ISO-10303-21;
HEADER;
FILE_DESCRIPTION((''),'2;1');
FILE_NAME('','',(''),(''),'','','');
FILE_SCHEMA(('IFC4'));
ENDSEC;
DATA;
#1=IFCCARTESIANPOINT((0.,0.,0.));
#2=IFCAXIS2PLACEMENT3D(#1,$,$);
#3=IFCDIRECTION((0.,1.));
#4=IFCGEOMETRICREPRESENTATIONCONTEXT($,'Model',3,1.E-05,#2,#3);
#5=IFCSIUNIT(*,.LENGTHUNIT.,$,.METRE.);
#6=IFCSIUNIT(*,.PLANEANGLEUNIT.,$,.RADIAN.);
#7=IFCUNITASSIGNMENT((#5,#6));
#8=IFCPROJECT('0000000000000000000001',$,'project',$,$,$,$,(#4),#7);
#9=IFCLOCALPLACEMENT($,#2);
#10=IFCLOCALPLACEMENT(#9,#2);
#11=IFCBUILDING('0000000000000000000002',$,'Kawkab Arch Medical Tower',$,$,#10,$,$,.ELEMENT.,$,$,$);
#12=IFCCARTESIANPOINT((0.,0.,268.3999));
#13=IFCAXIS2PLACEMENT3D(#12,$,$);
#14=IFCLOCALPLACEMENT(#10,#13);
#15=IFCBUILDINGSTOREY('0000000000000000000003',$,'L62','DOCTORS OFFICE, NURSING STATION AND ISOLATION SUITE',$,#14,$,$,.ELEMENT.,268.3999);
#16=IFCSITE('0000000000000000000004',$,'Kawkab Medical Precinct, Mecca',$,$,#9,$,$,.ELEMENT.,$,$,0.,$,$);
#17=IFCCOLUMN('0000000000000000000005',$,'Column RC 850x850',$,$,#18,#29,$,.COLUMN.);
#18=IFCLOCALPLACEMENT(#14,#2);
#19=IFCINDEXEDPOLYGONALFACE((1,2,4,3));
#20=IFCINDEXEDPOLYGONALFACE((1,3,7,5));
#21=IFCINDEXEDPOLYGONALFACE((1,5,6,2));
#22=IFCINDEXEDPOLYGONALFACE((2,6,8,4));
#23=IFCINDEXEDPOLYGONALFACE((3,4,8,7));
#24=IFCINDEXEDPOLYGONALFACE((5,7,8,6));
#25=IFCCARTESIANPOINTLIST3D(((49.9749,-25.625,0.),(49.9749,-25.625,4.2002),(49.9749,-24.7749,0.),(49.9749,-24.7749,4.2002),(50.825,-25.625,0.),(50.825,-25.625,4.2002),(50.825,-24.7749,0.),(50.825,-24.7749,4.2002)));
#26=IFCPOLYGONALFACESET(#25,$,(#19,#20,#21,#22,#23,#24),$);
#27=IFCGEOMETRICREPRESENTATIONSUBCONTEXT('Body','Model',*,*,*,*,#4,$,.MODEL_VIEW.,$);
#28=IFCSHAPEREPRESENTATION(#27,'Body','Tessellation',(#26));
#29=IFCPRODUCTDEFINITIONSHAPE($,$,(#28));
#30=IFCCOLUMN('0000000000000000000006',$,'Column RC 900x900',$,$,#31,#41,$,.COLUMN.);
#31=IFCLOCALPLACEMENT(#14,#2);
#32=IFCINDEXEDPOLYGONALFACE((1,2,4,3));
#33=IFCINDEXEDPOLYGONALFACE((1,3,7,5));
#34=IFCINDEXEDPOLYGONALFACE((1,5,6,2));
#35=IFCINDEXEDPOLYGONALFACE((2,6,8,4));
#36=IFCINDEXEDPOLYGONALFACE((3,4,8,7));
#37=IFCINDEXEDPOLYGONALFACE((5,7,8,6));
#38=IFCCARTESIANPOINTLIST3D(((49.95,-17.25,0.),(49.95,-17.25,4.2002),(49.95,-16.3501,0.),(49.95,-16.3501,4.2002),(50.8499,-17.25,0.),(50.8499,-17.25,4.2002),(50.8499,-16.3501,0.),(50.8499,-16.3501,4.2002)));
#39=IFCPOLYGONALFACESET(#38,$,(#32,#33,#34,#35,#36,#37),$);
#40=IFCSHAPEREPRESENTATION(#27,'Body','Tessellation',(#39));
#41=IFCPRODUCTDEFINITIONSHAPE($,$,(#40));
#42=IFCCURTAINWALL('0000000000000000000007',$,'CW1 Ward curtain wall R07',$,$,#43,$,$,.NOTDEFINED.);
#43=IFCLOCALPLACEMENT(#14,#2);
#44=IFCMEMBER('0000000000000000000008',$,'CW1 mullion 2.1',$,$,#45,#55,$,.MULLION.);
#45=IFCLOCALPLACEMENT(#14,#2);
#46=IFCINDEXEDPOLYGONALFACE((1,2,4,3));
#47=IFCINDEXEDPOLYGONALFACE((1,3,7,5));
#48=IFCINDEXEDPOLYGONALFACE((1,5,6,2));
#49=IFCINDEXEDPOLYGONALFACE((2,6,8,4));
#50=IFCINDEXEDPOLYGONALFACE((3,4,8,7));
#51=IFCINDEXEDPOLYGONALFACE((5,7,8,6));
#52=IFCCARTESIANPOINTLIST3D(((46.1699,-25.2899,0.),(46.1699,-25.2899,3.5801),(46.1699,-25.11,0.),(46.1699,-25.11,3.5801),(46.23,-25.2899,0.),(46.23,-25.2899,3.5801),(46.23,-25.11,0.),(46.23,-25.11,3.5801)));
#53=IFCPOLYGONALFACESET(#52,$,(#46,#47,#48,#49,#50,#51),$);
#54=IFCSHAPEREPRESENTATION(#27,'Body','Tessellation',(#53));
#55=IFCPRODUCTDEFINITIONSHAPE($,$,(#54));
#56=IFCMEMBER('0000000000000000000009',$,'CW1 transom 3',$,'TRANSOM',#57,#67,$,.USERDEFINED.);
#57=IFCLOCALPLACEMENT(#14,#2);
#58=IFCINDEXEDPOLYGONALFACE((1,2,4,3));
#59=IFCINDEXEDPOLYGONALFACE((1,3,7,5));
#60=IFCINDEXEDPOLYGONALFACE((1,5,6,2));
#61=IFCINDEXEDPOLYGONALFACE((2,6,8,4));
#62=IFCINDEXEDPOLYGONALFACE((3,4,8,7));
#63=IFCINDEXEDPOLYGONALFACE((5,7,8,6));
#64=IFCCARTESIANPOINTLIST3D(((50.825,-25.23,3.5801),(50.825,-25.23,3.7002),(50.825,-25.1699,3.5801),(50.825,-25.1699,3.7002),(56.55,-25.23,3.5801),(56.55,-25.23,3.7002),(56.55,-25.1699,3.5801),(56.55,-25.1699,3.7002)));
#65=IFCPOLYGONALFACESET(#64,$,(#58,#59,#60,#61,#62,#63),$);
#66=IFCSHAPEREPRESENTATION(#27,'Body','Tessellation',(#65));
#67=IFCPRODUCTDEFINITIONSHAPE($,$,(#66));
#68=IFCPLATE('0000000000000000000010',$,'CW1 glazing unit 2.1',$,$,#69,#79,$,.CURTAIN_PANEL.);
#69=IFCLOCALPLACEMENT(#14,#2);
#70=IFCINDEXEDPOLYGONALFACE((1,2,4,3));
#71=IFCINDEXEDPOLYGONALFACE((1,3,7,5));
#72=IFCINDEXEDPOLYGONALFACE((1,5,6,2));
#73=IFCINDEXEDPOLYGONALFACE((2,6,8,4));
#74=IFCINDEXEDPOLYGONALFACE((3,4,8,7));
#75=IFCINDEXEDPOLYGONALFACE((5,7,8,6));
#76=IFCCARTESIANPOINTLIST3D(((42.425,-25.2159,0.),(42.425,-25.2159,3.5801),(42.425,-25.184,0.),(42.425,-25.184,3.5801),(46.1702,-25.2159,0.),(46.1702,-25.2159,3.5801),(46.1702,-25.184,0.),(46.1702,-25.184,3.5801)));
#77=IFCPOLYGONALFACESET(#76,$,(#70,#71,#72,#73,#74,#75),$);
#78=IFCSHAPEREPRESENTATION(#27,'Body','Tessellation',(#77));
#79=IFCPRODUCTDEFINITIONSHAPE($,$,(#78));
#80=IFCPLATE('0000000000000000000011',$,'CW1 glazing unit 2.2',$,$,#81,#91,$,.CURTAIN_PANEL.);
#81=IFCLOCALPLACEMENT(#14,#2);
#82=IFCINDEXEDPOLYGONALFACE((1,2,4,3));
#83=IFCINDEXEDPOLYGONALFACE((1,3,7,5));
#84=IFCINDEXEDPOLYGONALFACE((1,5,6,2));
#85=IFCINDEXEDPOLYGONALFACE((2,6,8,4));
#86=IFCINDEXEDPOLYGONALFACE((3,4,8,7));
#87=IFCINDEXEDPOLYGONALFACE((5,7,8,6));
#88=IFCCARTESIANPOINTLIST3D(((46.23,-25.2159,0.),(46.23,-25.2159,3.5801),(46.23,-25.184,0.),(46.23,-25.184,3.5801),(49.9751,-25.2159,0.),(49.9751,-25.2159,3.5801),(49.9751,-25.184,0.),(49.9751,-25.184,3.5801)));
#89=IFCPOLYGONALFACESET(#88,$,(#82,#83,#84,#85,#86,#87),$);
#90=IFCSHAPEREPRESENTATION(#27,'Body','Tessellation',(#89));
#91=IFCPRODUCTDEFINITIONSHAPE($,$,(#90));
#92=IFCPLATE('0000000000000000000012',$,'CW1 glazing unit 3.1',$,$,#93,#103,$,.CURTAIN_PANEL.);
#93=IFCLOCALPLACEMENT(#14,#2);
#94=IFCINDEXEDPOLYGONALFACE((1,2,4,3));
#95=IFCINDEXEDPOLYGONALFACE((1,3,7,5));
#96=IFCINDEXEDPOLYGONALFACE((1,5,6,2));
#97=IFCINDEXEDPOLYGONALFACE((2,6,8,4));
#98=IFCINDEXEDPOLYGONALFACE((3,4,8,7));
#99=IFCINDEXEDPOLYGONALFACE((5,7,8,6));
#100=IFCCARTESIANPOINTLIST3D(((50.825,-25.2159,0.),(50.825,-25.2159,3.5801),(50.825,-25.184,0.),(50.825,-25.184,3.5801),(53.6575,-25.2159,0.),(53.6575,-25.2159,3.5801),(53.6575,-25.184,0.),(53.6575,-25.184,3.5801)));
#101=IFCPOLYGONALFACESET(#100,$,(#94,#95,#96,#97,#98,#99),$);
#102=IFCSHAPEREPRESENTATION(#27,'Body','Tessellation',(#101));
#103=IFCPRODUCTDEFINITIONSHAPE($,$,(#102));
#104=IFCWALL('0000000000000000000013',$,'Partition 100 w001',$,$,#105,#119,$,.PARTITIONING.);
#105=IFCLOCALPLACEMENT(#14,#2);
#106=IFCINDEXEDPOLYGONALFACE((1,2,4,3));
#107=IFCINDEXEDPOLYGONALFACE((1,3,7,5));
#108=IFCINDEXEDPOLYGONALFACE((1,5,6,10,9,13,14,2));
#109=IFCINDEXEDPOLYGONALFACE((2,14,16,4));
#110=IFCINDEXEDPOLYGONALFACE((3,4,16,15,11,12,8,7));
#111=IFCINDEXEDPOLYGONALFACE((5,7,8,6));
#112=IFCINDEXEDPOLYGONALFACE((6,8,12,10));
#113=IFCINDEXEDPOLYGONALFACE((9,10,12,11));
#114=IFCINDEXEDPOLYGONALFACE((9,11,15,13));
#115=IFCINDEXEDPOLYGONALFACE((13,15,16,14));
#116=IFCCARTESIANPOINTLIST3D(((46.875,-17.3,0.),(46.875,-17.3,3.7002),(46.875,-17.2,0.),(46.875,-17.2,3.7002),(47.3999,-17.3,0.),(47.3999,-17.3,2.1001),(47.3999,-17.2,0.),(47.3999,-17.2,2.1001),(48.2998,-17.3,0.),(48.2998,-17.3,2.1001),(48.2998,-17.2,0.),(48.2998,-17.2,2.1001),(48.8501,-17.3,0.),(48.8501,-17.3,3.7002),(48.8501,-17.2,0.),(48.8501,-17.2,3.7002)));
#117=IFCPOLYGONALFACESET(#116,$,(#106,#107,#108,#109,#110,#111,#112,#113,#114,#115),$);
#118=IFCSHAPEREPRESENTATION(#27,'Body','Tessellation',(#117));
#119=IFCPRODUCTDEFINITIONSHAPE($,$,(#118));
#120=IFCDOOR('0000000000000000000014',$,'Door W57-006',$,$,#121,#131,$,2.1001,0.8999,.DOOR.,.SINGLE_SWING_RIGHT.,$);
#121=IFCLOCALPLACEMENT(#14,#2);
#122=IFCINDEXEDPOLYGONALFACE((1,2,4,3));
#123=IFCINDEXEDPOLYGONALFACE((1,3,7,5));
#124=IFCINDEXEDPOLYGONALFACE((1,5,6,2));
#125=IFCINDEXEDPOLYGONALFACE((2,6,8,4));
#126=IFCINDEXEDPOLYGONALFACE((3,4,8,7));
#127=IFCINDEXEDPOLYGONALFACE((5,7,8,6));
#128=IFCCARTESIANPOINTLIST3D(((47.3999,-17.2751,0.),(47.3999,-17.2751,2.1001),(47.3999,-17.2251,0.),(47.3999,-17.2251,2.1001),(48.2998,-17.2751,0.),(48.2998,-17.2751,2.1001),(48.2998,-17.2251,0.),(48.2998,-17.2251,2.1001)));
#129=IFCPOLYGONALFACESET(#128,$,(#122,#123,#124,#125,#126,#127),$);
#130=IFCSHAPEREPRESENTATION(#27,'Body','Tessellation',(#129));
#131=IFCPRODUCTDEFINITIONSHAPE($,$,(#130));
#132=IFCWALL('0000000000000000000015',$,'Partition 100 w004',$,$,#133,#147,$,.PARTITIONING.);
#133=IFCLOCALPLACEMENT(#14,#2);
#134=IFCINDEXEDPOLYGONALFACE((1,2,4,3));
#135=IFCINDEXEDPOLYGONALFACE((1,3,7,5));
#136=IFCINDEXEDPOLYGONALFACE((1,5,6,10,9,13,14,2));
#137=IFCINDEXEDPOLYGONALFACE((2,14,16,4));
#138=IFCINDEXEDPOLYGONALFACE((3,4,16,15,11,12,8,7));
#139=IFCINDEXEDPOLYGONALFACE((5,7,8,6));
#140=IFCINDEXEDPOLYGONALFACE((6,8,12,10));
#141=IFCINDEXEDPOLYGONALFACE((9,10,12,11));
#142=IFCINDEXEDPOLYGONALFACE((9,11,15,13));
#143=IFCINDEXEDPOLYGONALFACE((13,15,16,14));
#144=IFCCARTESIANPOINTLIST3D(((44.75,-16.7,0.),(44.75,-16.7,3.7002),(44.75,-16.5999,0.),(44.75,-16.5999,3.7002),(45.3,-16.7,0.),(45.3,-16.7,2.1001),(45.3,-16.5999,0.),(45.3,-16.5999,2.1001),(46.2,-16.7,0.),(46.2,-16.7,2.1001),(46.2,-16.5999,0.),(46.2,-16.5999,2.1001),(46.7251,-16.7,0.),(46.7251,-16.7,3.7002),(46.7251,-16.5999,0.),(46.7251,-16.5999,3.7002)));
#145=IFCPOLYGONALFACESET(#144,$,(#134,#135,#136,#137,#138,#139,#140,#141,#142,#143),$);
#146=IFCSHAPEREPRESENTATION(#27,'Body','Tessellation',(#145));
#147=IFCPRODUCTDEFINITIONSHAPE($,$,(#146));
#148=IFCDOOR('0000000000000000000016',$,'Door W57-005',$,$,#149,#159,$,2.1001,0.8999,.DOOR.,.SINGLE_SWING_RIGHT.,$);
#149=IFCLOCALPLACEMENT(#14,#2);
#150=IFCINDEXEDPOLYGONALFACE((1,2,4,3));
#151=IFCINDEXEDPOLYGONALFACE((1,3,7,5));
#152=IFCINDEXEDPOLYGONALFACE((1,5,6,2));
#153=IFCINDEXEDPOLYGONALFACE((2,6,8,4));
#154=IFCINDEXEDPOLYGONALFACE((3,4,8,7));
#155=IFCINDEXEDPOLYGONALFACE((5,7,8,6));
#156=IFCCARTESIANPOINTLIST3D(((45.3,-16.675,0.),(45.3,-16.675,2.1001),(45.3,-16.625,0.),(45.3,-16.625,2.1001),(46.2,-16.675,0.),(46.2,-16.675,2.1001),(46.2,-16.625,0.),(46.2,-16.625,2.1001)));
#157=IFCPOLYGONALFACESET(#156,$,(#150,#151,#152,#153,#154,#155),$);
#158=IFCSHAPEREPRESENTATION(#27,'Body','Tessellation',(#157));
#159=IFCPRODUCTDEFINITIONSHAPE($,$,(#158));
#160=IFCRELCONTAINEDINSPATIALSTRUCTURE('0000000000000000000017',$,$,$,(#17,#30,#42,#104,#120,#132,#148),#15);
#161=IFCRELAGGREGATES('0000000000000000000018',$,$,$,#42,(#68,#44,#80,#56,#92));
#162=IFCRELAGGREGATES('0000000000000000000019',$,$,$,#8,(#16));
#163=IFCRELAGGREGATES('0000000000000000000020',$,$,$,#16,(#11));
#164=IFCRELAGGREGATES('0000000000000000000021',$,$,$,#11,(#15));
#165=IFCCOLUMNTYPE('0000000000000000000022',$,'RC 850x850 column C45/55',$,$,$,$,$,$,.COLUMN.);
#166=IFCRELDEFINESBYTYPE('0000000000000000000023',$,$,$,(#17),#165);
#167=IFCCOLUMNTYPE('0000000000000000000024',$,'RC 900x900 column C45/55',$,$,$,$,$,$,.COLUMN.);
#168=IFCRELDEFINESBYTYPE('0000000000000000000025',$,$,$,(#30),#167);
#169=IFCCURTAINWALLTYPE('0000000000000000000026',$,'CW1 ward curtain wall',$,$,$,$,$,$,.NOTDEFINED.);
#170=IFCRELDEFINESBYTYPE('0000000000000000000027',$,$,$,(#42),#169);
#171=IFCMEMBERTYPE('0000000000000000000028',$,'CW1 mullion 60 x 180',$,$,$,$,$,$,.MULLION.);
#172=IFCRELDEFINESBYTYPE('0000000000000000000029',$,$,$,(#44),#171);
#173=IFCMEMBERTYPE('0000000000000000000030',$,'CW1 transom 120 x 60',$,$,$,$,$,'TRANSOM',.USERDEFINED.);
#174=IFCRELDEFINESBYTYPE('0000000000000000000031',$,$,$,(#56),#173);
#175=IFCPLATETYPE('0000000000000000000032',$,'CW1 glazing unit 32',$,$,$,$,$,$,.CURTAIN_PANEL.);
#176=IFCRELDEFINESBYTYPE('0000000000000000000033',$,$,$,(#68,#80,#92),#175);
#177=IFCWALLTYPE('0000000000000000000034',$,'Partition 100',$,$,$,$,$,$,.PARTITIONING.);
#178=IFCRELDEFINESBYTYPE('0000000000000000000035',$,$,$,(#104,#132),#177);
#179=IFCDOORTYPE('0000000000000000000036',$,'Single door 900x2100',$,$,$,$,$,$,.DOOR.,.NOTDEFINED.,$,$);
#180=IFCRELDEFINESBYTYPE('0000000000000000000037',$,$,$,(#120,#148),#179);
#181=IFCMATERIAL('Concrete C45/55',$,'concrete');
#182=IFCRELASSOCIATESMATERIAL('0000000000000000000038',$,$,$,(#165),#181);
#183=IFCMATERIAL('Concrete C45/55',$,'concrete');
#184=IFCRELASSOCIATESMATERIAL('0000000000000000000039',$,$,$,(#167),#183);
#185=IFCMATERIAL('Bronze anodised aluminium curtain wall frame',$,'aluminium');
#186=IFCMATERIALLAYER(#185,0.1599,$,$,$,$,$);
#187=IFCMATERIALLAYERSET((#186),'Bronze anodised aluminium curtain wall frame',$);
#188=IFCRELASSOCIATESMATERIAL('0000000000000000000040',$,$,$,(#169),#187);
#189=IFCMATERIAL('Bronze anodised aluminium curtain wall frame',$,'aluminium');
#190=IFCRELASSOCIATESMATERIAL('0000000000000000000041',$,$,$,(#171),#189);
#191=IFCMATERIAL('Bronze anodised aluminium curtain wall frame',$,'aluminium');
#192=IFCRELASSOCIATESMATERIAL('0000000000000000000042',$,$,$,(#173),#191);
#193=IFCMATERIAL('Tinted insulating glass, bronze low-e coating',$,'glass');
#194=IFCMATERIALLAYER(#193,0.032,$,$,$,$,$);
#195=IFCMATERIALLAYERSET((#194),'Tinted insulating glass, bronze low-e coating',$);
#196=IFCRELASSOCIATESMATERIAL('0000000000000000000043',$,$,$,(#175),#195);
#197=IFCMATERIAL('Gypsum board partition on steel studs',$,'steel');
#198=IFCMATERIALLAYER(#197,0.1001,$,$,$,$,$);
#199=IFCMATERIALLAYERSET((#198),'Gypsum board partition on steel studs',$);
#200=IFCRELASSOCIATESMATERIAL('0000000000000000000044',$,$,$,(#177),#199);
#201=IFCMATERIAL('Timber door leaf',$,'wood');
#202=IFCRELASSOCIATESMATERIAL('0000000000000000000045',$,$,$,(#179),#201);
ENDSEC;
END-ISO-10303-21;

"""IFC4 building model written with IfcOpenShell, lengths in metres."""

from ifc_helpers import new_model, si_unit, direction, frame, frame_2d, origin, origin_2d, place, context, subcontext, project, spatial, rectangle, extrude, material, layer, layer_set, material_profile, profile_set, type_object, element, fill, aggregate, save


model = new_model("IFC4")

# Units and contexts
model_context = context("Model", 3, precision=1e-05, world=origin(), true_north=direction((0.0, 1.0)))
body_context = subcontext(model_context, "Body", "Model", "MODEL_VIEW")
ifc_project = project(units=[si_unit("LENGTHUNIT", "METRE"), si_unit("PLANEANGLEUNIT", "RADIAN")], contexts=[model_context])

# Site, building, storey
site_placement = place(None, origin())
site = spatial("IfcSite", under=ifc_project, at=site_placement, Name="Kawkab Medical Precinct, Mecca", CompositionType="ELEMENT", RefElevation=0.0)
building_placement = place(site_placement, origin())
building = spatial("IfcBuilding", under=site, at=building_placement, Name="Kawkab Arch Medical Tower", CompositionType="ELEMENT")
storey_placement = place(building_placement, frame((0.0, 0.0, 268.3999)))
storey = spatial("IfcBuildingStorey", under=building, at=storey_placement, Name="L62", Description="DOCTORS OFFICE, NURSING STATION AND ISOLATION SUITE", CompositionType="ELEMENT", Elevation=268.3999)

# Columns
ifc_material_1 = material(Name="Concrete C45/55", Category="concrete")
ifc_material_profile_1 = material_profile(ifc_material_1, rectangle(XDim=0.8501, YDim=0.8501, at=origin_2d()), Name="RC 850x850")
ifc_profile_set_1 = profile_set([ifc_material_profile_1], Name="Concrete C45/55")
column_type_1 = type_object("IfcColumnType", Name="RC 850x850 column C45/55", PredefinedType="COLUMN", material=ifc_profile_set_1)
column_1_placement = place(storey_placement, frame((50.3999, -25.2, 0.0), z_axis=(0.0, 0.0, 1.0), x_axis=(1.0, 0.0, 0.0)))
element("IfcColumn", 1, at=column_1_placement, inside=storey, type_object=column_type_1, Name="Column RC 850x850", PredefinedType="COLUMN", context=body_context, shape_type="SweptSolid", body=[
    extrude(rectangle(XDim=0.8501, YDim=0.8501, at=origin_2d()), origin(), (0.0, 0.0, 1.0), 4.2002),
])
ifc_material_2 = material(Name="Concrete C45/55", Category="concrete")
ifc_material_profile_2 = material_profile(ifc_material_2, rectangle(XDim=0.8999, YDim=0.8999, at=origin_2d()), Name="RC 900x900")
ifc_profile_set_2 = profile_set([ifc_material_profile_2], Name="Concrete C45/55")
column_type_2 = type_object("IfcColumnType", Name="RC 900x900 column C45/55", PredefinedType="COLUMN", material=ifc_profile_set_2)
column_2_placement = place(storey_placement, frame((50.3999, -16.8, 0.0), z_axis=(0.0, 0.0, 1.0), x_axis=(1.0, 0.0, 0.0)))
element("IfcColumn", 2, at=column_2_placement, inside=storey, type_object=column_type_2, Name="Column RC 900x900", PredefinedType="COLUMN", context=body_context, shape_type="SweptSolid", body=[
    extrude(rectangle(XDim=0.8999, YDim=0.8999, at=origin_2d()), origin(), (0.0, 0.0, 1.0), 4.2002),
])

# Curtain wall, members, plates
ifc_material_3 = material(Name="Bronze anodised aluminium curtain wall frame", Category="aluminium")
ifc_layer_1 = layer(ifc_material_3, 0.1599)
ifc_layer_set_1 = layer_set([ifc_layer_1], Name="Bronze anodised aluminium curtain wall frame")
curtain_wall_type = type_object("IfcCurtainWallType", Name="CW1 ward curtain wall", PredefinedType="NOTDEFINED", material=ifc_layer_set_1)
curtain_wall_placement = place(storey_placement, origin())
curtain_wall = element("IfcCurtainWall", 3, at=curtain_wall_placement, inside=storey, type_object=curtain_wall_type, Name="CW1 Ward curtain wall R07", PredefinedType="NOTDEFINED")
ifc_material_4 = material(Name="Bronze anodised aluminium curtain wall frame", Category="aluminium")
ifc_material_profile_3 = material_profile(ifc_material_4, rectangle(XDim=0.1799, YDim=0.0601, at=origin_2d()), Name="AL 60x180")
ifc_profile_set_3 = profile_set([ifc_material_profile_3], Name="Bronze anodised aluminium curtain wall frame")
member_type_1 = type_object("IfcMemberType", Name="CW1 mullion 60 x 180", PredefinedType="MULLION", material=ifc_profile_set_3)
member_1_placement = place(storey_placement, frame((46.2, -25.2, 0.0), z_axis=(0.0, 0.0, 1.0), x_axis=(0.0, 1.0, 0.0)))
member_1 = element("IfcMember", 4, at=member_1_placement, type_object=member_type_1, Name="CW1 mullion 2.1", PredefinedType="MULLION", context=body_context, shape_type="SweptSolid", body=[
    extrude(rectangle(XDim=0.1799, YDim=0.0601, at=origin_2d()), origin(), (0.0, 0.0, 1.0), 3.5801),
])
ifc_material_5 = material(Name="Bronze anodised aluminium curtain wall frame", Category="aluminium")
ifc_material_profile_4 = material_profile(ifc_material_5, rectangle(XDim=0.0601, YDim=0.1201, at=origin_2d()), Name="AL 60x120")
ifc_profile_set_4 = profile_set([ifc_material_profile_4], Name="Bronze anodised aluminium curtain wall frame")
member_type_2 = type_object("IfcMemberType", Name="CW1 transom 120 x 60", ElementType="TRANSOM", PredefinedType="USERDEFINED", material=ifc_profile_set_4)
member_2_placement = place(storey_placement, frame((50.825, -25.2, 3.6401), z_axis=(1.0, 0.0, 0.0), x_axis=(0.0, 1.0, 0.0)))
member_2 = element("IfcMember", 5, at=member_2_placement, type_object=member_type_2, Name="CW1 transom 3", ObjectType="TRANSOM", PredefinedType="USERDEFINED", context=body_context, shape_type="SweptSolid", body=[
    extrude(rectangle(XDim=0.0601, YDim=0.1201, at=origin_2d()), origin(), (0.0, 0.0, 1.0), 5.7251),
])
ifc_material_6 = material(Name="Tinted insulating glass, bronze low-e coating", Category="glass")
ifc_layer_2 = layer(ifc_material_6, 0.032)
ifc_layer_set_2 = layer_set([ifc_layer_2], Name="Tinted insulating glass, bronze low-e coating")
plate_type = type_object("IfcPlateType", Name="CW1 glazing unit 32", PredefinedType="CURTAIN_PANEL", material=ifc_layer_set_2)
plate_1_placement = place(storey_placement, frame((44.2976, -25.2, 0.0), z_axis=(0.0, 0.0, 1.0), x_axis=(1.0, 0.0, 0.0)))
plate_1 = element("IfcPlate", 6, at=plate_1_placement, type_object=plate_type, Name="CW1 glazing unit 2.1", PredefinedType="CURTAIN_PANEL", context=body_context, shape_type="SweptSolid", body=[
    extrude(rectangle(XDim=3.7451, YDim=0.032, at=origin_2d()), origin(), (0.0, 0.0, 1.0), 3.5801),
])
plate_2_placement = place(storey_placement, frame((48.1025, -25.2, 0.0), z_axis=(0.0, 0.0, 1.0), x_axis=(1.0, 0.0, 0.0)))
plate_2 = element("IfcPlate", 7, at=plate_2_placement, type_object=plate_type, Name="CW1 glazing unit 2.2", PredefinedType="CURTAIN_PANEL", context=body_context, shape_type="SweptSolid", body=[
    extrude(rectangle(XDim=3.7451, YDim=0.032, at=origin_2d()), origin(), (0.0, 0.0, 1.0), 3.5801),
])
plate_3_placement = place(storey_placement, frame((52.2412, -25.2, 0.0), z_axis=(0.0, 0.0, 1.0), x_axis=(1.0, 0.0, 0.0)))
plate_3 = element("IfcPlate", 8, at=plate_3_placement, type_object=plate_type, Name="CW1 glazing unit 3.1", PredefinedType="CURTAIN_PANEL", context=body_context, shape_type="SweptSolid", body=[
    extrude(rectangle(XDim=2.8325, YDim=0.032, at=origin_2d()), origin(), (0.0, 0.0, 1.0), 3.5801),
])
aggregate(curtain_wall, [plate_1, member_1, plate_2, member_2, plate_3])

# Walls, openings, doors
ifc_material_7 = material(Name="Gypsum board partition on steel studs", Category="steel")
ifc_layer_3 = layer(ifc_material_7, 0.1001)
ifc_layer_set_3 = layer_set([ifc_layer_3], Name="Gypsum board partition on steel studs")
wall_type_1 = type_object("IfcWallType", Name="Partition 100", PredefinedType="PARTITIONING", material=ifc_layer_set_3)
wall_1_placement = place(storey_placement, frame((46.875, -17.25, 0.0), z_axis=(0.0, 0.0, 1.0), x_axis=(1.0, 0.0, 0.0)))
wall_1 = element("IfcWall", 9, at=wall_1_placement, inside=storey, type_object=wall_type_1, Name="Partition 100 w001", PredefinedType="PARTITIONING", context=body_context, shape_type="SweptSolid", body=[
    extrude(rectangle(XDim=1.9751, YDim=0.1001, at=frame_2d((0.9875, 0.0))), origin(), (0.0, 0.0, 1.0), 3.7002),
])
opening_1_placement = place(wall_1_placement, frame((0.5249, 0.0, 0.0)))
opening_1 = element("IfcOpeningElement", 10, at=opening_1_placement, cuts=wall_1, PredefinedType="OPENING", context=body_context, shape_type="SweptSolid", body=[
    extrude(rectangle(XDim=0.8999, YDim=2.1001, at=frame_2d((0.45, 1.05))), frame((0.0, 0.0601, 0.0), z_axis=(0.0, -1.0, 0.0), x_axis=(1.0, 0.0, 0.0)), (0.0, 0.0, 1.0), 0.1201),
])
ifc_material_8 = material(Name="Timber door leaf", Category="wood")
door_type_1 = type_object("IfcDoorType", Name="Single door 900x2100", OperationType="NOTDEFINED", PredefinedType="DOOR", material=ifc_material_8)
door_1_placement = place(opening_1_placement, origin())
door_1 = element("IfcDoor", 11, at=door_1_placement, inside=storey, type_object=door_type_1, Name="Door W57-006", OperationType="SINGLE_SWING_RIGHT", OverallHeight=2.1001, OverallWidth=0.8999, PredefinedType="DOOR", context=body_context, shape_type="SweptSolid", body=[
    extrude(rectangle(XDim=0.8999, YDim=2.1001, at=frame_2d((0.45, 1.05))), frame((0.0, 0.0249, 0.0), z_axis=(0.0, -1.0, 0.0), x_axis=(1.0, 0.0, 0.0)), (0.0, 0.0, 1.0), 0.05),
])
fill(opening_1, door_1)
wall_2_placement = place(storey_placement, frame((44.75, -16.6499, 0.0), z_axis=(0.0, 0.0, 1.0), x_axis=(1.0, 0.0, 0.0)))
wall_2 = element("IfcWall", 12, at=wall_2_placement, inside=storey, type_object=wall_type_1, Name="Partition 100 w004", PredefinedType="PARTITIONING", context=body_context, shape_type="SweptSolid", body=[
    extrude(rectangle(XDim=1.9751, YDim=0.1001, at=frame_2d((0.9875, 0.0))), origin(), (0.0, 0.0, 1.0), 3.7002),
])
opening_2_placement = place(wall_2_placement, frame((0.55, 0.0, 0.0)))
opening_2 = element("IfcOpeningElement", 13, at=opening_2_placement, cuts=wall_2, PredefinedType="OPENING", context=body_context, shape_type="SweptSolid", body=[
    extrude(rectangle(XDim=0.8999, YDim=2.1001, at=frame_2d((0.45, 1.05))), frame((0.0, 0.0601, 0.0), z_axis=(0.0, -1.0, 0.0), x_axis=(1.0, 0.0, 0.0)), (0.0, 0.0, 1.0), 0.1201),
])
door_2_placement = place(opening_2_placement, origin())
door_2 = element("IfcDoor", 14, at=door_2_placement, inside=storey, type_object=door_type_1, Name="Door W57-005", OperationType="SINGLE_SWING_RIGHT", OverallHeight=2.1001, OverallWidth=0.8999, PredefinedType="DOOR", context=body_context, shape_type="SweptSolid", body=[
    extrude(rectangle(XDim=0.8999, YDim=2.1001, at=frame_2d((0.45, 1.05))), frame((0.0, 0.0249, 0.0), z_axis=(0.0, -1.0, 0.0), x_axis=(1.0, 0.0, 0.0)), (0.0, 0.0, 1.0), 0.05),
])
fill(opening_2, door_2)

save(model, "model.ifc")
